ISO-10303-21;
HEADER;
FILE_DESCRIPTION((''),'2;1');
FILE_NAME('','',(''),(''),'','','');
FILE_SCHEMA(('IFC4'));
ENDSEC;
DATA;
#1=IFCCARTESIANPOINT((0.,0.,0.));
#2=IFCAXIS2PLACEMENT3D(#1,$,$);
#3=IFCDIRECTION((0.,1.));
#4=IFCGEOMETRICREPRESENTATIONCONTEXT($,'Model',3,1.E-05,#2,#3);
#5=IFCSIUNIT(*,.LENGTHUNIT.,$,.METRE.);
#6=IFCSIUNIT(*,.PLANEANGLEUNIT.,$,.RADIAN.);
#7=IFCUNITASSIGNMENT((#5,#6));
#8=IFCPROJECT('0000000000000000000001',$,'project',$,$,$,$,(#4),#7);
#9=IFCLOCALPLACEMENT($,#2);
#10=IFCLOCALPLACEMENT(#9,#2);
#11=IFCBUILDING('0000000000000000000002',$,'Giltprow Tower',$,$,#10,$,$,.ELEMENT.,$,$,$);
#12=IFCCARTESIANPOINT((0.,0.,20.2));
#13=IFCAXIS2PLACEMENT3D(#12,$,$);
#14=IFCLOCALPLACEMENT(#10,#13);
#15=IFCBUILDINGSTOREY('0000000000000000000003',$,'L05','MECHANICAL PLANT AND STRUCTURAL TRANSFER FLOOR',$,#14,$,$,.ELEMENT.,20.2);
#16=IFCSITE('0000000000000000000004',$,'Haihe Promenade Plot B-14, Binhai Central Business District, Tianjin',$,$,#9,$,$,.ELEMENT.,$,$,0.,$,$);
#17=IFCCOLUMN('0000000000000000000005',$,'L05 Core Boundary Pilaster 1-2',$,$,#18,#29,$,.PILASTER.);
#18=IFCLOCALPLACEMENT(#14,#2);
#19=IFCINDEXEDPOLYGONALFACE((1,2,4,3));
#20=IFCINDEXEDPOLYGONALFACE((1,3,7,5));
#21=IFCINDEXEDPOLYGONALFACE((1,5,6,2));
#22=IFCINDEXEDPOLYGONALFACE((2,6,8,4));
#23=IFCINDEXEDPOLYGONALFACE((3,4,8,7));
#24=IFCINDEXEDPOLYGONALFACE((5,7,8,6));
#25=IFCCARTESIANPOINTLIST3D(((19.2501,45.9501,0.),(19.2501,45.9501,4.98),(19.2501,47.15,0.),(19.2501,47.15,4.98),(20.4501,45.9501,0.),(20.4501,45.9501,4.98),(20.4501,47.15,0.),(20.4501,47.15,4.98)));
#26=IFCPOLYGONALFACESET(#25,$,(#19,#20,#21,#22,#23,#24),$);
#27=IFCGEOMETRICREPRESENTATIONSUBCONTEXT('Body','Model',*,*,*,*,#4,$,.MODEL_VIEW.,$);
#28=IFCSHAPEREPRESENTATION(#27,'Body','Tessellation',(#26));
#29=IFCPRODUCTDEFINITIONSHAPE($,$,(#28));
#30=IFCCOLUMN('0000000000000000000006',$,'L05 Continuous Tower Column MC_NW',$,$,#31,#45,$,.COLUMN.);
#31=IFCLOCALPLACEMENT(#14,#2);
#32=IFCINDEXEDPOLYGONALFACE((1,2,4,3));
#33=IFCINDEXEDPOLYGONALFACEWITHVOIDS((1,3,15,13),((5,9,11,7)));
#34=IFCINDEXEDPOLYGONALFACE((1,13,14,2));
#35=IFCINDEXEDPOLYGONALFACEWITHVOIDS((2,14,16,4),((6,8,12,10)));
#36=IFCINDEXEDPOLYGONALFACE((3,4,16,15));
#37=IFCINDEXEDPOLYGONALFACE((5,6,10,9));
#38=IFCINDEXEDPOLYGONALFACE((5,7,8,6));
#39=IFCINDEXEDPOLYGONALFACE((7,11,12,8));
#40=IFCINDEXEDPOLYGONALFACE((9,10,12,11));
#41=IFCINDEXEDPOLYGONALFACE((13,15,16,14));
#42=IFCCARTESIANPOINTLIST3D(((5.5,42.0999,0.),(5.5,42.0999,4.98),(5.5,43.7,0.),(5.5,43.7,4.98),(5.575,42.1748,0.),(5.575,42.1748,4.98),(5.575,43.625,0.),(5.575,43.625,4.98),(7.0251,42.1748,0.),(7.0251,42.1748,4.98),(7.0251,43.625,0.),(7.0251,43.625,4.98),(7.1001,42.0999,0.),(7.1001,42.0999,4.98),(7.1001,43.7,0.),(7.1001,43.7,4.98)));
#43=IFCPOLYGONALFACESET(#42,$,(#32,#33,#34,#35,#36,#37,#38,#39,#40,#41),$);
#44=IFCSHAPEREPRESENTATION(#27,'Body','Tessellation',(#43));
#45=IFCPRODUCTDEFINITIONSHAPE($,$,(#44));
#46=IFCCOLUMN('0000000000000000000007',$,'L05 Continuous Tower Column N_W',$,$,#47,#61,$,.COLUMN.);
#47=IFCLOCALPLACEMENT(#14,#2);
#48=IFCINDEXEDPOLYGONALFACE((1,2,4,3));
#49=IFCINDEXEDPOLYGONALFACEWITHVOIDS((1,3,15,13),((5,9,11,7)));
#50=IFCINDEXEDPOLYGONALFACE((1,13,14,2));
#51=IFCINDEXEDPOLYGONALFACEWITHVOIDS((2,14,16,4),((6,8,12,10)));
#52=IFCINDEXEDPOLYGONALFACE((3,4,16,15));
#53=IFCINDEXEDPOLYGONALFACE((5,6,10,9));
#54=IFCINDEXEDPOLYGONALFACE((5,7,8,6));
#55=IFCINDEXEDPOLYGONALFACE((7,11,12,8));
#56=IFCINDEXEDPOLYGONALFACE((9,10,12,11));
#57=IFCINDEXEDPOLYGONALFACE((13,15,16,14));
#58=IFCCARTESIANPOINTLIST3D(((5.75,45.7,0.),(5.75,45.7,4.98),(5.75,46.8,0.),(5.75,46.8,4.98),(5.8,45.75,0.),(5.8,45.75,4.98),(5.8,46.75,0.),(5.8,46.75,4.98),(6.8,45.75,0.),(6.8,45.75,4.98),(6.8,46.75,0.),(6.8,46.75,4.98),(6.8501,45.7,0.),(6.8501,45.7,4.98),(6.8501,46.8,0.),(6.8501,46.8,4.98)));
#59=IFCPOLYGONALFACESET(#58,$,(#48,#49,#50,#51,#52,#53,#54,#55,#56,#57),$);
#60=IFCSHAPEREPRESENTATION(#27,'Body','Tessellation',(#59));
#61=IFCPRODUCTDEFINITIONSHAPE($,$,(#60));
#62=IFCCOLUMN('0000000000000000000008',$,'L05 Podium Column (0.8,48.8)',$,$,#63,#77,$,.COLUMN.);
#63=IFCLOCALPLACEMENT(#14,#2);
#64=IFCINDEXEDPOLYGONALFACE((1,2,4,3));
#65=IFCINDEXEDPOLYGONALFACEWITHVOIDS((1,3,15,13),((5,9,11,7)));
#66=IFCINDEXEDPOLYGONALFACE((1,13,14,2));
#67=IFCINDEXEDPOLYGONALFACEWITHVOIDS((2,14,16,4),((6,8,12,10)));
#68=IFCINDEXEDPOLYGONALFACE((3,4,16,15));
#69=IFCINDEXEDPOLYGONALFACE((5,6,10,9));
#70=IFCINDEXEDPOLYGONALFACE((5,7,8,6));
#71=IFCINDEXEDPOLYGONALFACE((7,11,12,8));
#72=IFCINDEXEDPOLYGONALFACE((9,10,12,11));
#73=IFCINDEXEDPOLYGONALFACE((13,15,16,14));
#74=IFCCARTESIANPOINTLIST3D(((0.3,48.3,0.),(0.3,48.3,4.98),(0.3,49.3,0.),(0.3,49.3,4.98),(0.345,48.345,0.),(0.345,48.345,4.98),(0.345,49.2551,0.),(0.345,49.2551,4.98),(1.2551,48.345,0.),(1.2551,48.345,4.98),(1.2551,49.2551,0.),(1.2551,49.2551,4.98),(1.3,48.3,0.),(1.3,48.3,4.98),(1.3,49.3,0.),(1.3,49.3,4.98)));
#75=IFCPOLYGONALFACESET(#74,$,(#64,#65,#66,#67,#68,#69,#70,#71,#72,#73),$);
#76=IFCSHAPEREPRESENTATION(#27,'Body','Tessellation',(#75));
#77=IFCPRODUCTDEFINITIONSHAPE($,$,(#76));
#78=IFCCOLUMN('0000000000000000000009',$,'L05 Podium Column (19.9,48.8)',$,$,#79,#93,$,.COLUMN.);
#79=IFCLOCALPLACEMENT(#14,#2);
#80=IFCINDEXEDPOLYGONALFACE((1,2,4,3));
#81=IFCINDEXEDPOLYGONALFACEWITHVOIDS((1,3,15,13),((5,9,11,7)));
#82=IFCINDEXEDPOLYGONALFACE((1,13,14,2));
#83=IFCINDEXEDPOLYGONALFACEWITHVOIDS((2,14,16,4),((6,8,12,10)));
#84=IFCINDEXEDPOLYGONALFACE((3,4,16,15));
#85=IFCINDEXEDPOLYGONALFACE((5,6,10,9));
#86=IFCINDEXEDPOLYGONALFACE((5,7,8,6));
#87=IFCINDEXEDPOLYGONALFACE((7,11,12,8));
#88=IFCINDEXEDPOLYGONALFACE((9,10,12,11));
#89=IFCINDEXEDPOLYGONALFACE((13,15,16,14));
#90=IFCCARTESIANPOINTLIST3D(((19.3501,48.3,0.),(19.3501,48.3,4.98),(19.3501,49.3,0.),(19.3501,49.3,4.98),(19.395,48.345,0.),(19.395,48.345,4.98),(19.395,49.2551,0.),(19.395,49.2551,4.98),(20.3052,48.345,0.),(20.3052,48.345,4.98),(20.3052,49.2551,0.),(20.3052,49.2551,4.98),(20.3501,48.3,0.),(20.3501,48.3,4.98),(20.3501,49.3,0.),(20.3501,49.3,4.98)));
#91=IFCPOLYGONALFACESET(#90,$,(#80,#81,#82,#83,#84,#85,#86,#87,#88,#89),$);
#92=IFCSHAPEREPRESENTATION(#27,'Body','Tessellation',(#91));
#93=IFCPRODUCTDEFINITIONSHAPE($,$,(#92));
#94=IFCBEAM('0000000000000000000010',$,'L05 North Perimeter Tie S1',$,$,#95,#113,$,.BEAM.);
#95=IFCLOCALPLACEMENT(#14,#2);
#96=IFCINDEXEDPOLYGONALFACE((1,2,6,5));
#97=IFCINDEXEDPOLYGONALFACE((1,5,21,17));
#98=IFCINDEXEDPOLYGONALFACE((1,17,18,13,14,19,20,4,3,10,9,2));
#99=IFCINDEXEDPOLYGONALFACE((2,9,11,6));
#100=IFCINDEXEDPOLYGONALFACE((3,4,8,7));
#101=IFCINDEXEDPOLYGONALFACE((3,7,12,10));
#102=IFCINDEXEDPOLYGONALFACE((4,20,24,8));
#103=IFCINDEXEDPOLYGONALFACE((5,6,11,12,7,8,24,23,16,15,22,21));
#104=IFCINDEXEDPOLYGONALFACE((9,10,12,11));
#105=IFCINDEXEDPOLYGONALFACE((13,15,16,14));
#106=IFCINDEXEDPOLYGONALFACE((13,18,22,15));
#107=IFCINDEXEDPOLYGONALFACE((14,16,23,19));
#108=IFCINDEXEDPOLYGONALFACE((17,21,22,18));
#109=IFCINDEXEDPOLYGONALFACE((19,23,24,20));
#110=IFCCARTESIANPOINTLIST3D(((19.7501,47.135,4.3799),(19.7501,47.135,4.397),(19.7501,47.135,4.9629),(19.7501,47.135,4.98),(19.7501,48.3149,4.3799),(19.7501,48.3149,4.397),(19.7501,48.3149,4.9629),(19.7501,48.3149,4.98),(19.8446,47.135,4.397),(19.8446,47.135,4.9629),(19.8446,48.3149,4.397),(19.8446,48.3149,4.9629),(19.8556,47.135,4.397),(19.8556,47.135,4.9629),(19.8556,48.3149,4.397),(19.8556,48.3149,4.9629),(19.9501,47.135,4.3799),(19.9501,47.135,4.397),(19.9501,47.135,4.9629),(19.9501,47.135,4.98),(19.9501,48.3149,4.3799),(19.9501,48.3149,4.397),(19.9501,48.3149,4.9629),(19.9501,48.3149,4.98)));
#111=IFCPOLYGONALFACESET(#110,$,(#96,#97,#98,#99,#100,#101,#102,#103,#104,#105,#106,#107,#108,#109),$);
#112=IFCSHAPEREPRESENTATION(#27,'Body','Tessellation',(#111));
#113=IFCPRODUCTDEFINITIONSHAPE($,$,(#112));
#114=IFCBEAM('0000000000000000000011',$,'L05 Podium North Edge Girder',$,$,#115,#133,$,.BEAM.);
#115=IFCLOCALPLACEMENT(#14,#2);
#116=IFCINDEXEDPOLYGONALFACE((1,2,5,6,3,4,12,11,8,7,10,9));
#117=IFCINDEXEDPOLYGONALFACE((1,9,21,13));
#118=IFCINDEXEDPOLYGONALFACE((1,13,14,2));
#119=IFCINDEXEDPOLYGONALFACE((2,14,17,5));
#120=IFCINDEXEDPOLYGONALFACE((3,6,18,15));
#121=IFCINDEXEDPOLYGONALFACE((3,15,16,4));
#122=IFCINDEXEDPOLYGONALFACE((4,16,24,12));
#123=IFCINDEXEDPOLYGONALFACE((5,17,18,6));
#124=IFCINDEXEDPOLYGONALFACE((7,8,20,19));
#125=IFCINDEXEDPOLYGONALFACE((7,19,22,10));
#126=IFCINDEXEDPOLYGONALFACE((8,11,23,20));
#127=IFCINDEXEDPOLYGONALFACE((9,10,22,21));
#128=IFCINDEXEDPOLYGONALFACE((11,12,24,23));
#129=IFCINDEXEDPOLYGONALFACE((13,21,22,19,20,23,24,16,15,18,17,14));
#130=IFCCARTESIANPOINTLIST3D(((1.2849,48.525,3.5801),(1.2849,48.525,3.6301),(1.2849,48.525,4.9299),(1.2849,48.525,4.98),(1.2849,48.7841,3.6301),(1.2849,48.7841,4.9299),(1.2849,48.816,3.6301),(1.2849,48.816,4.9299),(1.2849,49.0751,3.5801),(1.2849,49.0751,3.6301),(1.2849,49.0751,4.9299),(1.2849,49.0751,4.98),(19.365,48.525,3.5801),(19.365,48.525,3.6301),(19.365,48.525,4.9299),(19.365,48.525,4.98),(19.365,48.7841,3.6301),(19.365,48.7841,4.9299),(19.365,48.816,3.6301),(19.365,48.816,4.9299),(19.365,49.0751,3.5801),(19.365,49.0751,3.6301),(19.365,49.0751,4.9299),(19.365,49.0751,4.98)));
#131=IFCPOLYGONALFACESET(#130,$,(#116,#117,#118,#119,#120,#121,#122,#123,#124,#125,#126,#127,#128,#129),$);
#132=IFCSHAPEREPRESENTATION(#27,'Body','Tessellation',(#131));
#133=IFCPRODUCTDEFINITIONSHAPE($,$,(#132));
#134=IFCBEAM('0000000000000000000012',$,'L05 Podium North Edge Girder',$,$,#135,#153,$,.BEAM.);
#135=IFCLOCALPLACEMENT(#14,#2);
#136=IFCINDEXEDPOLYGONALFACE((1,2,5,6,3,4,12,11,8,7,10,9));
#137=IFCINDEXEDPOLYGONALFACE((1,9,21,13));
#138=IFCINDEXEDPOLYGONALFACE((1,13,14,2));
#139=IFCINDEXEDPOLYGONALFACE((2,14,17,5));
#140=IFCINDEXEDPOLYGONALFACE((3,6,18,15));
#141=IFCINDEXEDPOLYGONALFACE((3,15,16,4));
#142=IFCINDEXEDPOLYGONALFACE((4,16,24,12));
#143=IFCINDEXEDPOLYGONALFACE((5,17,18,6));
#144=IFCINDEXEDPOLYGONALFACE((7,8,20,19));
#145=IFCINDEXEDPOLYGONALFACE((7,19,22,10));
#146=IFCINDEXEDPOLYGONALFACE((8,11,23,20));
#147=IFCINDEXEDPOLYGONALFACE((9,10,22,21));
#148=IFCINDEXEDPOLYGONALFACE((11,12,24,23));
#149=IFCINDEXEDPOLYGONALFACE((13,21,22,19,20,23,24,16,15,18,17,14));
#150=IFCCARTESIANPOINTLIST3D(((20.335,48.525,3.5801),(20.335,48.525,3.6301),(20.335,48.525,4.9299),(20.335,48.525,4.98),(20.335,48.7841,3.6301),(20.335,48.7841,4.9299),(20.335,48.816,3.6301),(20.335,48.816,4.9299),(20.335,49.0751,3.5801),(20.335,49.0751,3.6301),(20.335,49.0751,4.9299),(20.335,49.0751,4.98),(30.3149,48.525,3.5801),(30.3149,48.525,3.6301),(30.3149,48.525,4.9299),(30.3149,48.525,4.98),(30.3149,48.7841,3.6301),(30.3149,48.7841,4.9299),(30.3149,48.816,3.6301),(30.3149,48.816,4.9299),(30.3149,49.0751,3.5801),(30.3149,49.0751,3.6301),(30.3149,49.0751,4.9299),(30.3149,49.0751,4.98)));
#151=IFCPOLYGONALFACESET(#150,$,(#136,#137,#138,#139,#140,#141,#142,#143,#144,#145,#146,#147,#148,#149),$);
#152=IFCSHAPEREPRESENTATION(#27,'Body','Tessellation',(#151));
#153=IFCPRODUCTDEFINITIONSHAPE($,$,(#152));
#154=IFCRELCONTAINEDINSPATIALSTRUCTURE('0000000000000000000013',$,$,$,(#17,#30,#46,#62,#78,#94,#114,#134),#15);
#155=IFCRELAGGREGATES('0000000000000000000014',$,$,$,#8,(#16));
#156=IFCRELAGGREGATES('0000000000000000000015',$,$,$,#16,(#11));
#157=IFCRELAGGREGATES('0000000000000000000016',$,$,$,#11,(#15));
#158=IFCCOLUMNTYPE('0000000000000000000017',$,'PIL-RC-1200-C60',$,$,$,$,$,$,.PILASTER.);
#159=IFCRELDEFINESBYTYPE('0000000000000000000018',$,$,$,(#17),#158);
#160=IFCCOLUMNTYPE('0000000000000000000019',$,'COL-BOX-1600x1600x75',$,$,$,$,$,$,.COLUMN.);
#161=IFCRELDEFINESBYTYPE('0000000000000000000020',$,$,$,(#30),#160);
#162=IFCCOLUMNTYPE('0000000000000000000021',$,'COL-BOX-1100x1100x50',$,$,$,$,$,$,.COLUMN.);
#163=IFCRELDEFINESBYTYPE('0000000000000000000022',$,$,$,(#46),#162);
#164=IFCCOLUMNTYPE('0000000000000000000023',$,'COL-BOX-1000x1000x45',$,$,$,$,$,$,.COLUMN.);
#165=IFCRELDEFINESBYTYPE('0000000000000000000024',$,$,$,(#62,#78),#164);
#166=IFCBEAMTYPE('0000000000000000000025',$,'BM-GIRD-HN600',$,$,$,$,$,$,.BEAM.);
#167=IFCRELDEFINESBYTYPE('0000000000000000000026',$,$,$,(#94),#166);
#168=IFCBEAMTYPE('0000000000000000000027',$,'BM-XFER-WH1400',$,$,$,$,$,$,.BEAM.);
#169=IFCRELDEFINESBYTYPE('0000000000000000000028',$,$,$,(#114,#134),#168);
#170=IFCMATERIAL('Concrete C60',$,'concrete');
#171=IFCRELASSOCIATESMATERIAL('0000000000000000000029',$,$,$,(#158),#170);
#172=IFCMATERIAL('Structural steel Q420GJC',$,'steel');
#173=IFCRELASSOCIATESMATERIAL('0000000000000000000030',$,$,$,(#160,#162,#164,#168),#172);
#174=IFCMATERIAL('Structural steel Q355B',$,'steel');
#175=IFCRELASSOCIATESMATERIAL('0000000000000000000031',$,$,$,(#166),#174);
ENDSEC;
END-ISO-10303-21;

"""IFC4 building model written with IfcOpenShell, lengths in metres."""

from ifc_helpers import new_model, si_unit, direction, frame, origin, origin_2d, place, context, subcontext, project, spatial, rectangle, hollow_rectangle, i_section, extrude, source, transform, mapped, material, material_profile, profile_set, type_object, element, save


model = new_model("IFC4")

# Units and contexts
model_context = context("Model", 3, precision=1e-05, world=origin(), true_north=direction((0.0, 1.0)))
body_context = subcontext(model_context, "Body", "Model", "MODEL_VIEW")
ifc_project = project(units=[si_unit("LENGTHUNIT", "METRE"), si_unit("PLANEANGLEUNIT", "RADIAN")], contexts=[model_context])

# Site, building, storey
site_placement = place(None, origin())
site = spatial("IfcSite", under=ifc_project, at=site_placement, Name="Haihe Promenade Plot B-14, Binhai Central Business District, Tianjin", CompositionType="ELEMENT", RefElevation=0.0)
building_placement = place(site_placement, origin())
building = spatial("IfcBuilding", under=site, at=building_placement, Name="Giltprow Tower", CompositionType="ELEMENT")
storey_placement = place(building_placement, frame((0.0, 0.0, 20.2)))
storey = spatial("IfcBuildingStorey", under=building, at=storey_placement, Name="L05", Description="MECHANICAL PLANT AND STRUCTURAL TRANSFER FLOOR", CompositionType="ELEMENT", Elevation=20.2)

# Columns
ifc_material_1 = material(Name="Concrete C60", Category="concrete")
ifc_material_profile_1 = material_profile(ifc_material_1, rectangle(XDim=1.2, YDim=1.2, at=origin_2d()), Name="RC 1200x1200")
ifc_profile_set_1 = profile_set([ifc_material_profile_1], Name="Concrete C60")
column_type_1 = type_object("IfcColumnType", Name="PIL-RC-1200-C60", PredefinedType="PILASTER", material=ifc_profile_set_1)
shared_shape_1 = source(origin(), body_context, "Body", "SweptSolid", [
    extrude(rectangle(XDim=1.2, YDim=1.2, at=origin_2d()), origin(), (0.0, 0.0, 1.0), 4.98),
])
column_1_placement = place(storey_placement, frame((19.8501, 46.55, 0.0), z_axis=(0.0, 0.0, 1.0), x_axis=(1.0, 0.0, 0.0)))
element("IfcColumn", 1, at=column_1_placement, inside=storey, type_object=column_type_1, Name="L05 Core Boundary Pilaster 1-2", PredefinedType="PILASTER", context=body_context, shape_type="MappedRepresentation", body=[
    mapped(shared_shape_1, transform((0.0, 0.0, 0.0), x_axis=(1.0, 0.0, 0.0), y_axis=(0.0, 1.0, 0.0), z_axis=(0.0, 0.0, 1.0), scale=1.0)),
])
ifc_material_2 = material(Name="Structural steel Q420GJC", Category="steel")
ifc_material_profile_2 = material_profile(ifc_material_2, hollow_rectangle(XDim=1.6001, YDim=1.6001, WallThickness=0.075, at=origin_2d()), Name="BOX 1600x1600x75")
ifc_profile_set_2 = profile_set([ifc_material_profile_2], Name="Structural steel Q420GJC")
column_type_2 = type_object("IfcColumnType", Name="COL-BOX-1600x1600x75", PredefinedType="COLUMN", material=ifc_profile_set_2)
shared_shape_2 = source(origin(), body_context, "Body", "SweptSolid", [
    extrude(hollow_rectangle(XDim=1.6001, YDim=1.6001, WallThickness=0.075, at=origin_2d()), origin(), (0.0, 0.0, 1.0), 4.98),
])
column_2_placement = place(storey_placement, frame((6.3, 42.8999, 0.0), z_axis=(0.0, 0.0, 1.0), x_axis=(1.0, 0.0, 0.0)))
element("IfcColumn", 2, at=column_2_placement, inside=storey, type_object=column_type_2, Name="L05 Continuous Tower Column MC_NW", PredefinedType="COLUMN", context=body_context, shape_type="MappedRepresentation", body=[
    mapped(shared_shape_2, transform((0.0, 0.0, 0.0), x_axis=(1.0, 0.0, 0.0), y_axis=(0.0, 1.0, 0.0), z_axis=(0.0, 0.0, 1.0), scale=1.0)),
])
ifc_material_profile_3 = material_profile(ifc_material_2, hollow_rectangle(XDim=1.1001, YDim=1.1001, WallThickness=0.05, at=origin_2d()), Name="BOX 1100x1100x50")
ifc_profile_set_3 = profile_set([ifc_material_profile_3], Name="Structural steel Q420GJC")
column_type_3 = type_object("IfcColumnType", Name="COL-BOX-1100x1100x50", PredefinedType="COLUMN", material=ifc_profile_set_3)
shared_shape_3 = source(origin(), body_context, "Body", "SweptSolid", [
    extrude(hollow_rectangle(XDim=1.1001, YDim=1.1001, WallThickness=0.05, at=origin_2d()), origin(), (0.0, 0.0, 1.0), 4.98),
])
column_3_placement = place(storey_placement, frame((6.3, 46.25, 0.0), z_axis=(0.0, 0.0, 1.0), x_axis=(1.0, 0.0, 0.0)))
element("IfcColumn", 3, at=column_3_placement, inside=storey, type_object=column_type_3, Name="L05 Continuous Tower Column N_W", PredefinedType="COLUMN", context=body_context, shape_type="MappedRepresentation", body=[
    mapped(shared_shape_3, transform((0.0, 0.0, 0.0), x_axis=(1.0, 0.0, 0.0), y_axis=(0.0, 1.0, 0.0), z_axis=(0.0, 0.0, 1.0), scale=1.0)),
])
ifc_material_profile_4 = material_profile(ifc_material_2, hollow_rectangle(XDim=1.0, YDim=1.0, WallThickness=0.0449, at=origin_2d()), Name="BOX 1000x1000x45")
ifc_profile_set_4 = profile_set([ifc_material_profile_4], Name="Structural steel Q420GJC")
column_type_4 = type_object("IfcColumnType", Name="COL-BOX-1000x1000x45", PredefinedType="COLUMN", material=ifc_profile_set_4)
shared_shape_4 = source(origin(), body_context, "Body", "SweptSolid", [
    extrude(hollow_rectangle(XDim=1.0, YDim=1.0, WallThickness=0.0449, at=origin_2d()), origin(), (0.0, 0.0, 1.0), 4.98),
])
for number, where, z_axis, x_axis, name in (
    (4, (0.8, 48.8, 0.0), (0.0, 0.0, 1.0), (1.0, 0.0, 0.0), "L05 Podium Column (0.8,48.8)"),
    (5, (19.8501, 48.8, 0.0), (0.0, 0.0, 1.0), (1.0, 0.0, 0.0), "L05 Podium Column (19.9,48.8)"),
):
    element("IfcColumn", number, at=place(storey_placement, frame(where, z_axis=z_axis, x_axis=x_axis)), inside=storey, type_object=column_type_4, Name=name, PredefinedType="COLUMN", context=body_context, shape_type="MappedRepresentation", body=[
        mapped(shared_shape_4, transform((0.0, 0.0, 0.0), x_axis=(1.0, 0.0, 0.0), y_axis=(0.0, 1.0, 0.0), z_axis=(0.0, 0.0, 1.0), scale=1.0)),
    ])

# Beams
ifc_material_3 = material(Name="Structural steel Q355B", Category="steel")
ifc_material_profile_5 = material_profile(ifc_material_3, i_section(OverallWidth=0.2, OverallDepth=0.6001, WebThickness=0.011, FlangeThickness=0.0171, at=origin_2d()), Name="HN 600x200x11x17")
ifc_profile_set_5 = profile_set([ifc_material_profile_5], Name="Structural steel Q355B")
beam_type_1 = type_object("IfcBeamType", Name="BM-GIRD-HN600", PredefinedType="BEAM", material=ifc_profile_set_5)
shared_shape_5 = source(origin(), body_context, "Body", "SweptSolid", [
    extrude(i_section(OverallWidth=0.2, OverallDepth=0.6001, WebThickness=0.011, FlangeThickness=0.0171, at=origin_2d()), origin(), (0.0, 0.0, 1.0), 1.1799),
])
beam_1_placement = place(storey_placement, frame((19.8501, 47.135, 4.6799), z_axis=(0.0, 1.0, 0.0), x_axis=(-1.0, 0.0, 0.0)))
element("IfcBeam", 6, at=beam_1_placement, inside=storey, type_object=beam_type_1, Name="L05 North Perimeter Tie S1", PredefinedType="BEAM", context=body_context, shape_type="MappedRepresentation", body=[
    mapped(shared_shape_5, transform((0.0, 0.0, 0.0), x_axis=(1.0, 0.0, 0.0), y_axis=(0.0, 1.0, 0.0), z_axis=(0.0, 0.0, 1.0), scale=1.0)),
])
ifc_material_profile_6 = material_profile(ifc_material_2, i_section(OverallWidth=0.55, OverallDepth=1.3999, WebThickness=0.032, FlangeThickness=0.05, at=origin_2d()), Name="WH 1400x550x32x50")
ifc_profile_set_6 = profile_set([ifc_material_profile_6], Name="Structural steel Q420GJC")
beam_type_2 = type_object("IfcBeamType", Name="BM-XFER-WH1400", PredefinedType="BEAM", material=ifc_profile_set_6)
shared_shape_6 = source(origin(), body_context, "Body", "SweptSolid", [
    extrude(i_section(OverallWidth=0.55, OverallDepth=1.3999, WebThickness=0.032, FlangeThickness=0.05, at=origin_2d()), origin(), (0.0, 0.0, 1.0), 18.0801),
])
beam_2_placement = place(storey_placement, frame((1.2849, 48.8, 4.28), z_axis=(1.0, 0.0, 0.0), x_axis=(0.0, 1.0, 0.0)))
element("IfcBeam", 7, at=beam_2_placement, inside=storey, type_object=beam_type_2, Name="L05 Podium North Edge Girder", PredefinedType="BEAM", context=body_context, shape_type="MappedRepresentation", body=[
    mapped(shared_shape_6, transform((0.0, 0.0, 0.0), x_axis=(1.0, 0.0, 0.0), y_axis=(0.0, 1.0, 0.0), z_axis=(0.0, 0.0, 1.0), scale=1.0)),
])
shared_shape_7 = source(origin(), body_context, "Body", "SweptSolid", [
    extrude(i_section(OverallWidth=0.55, OverallDepth=1.3999, WebThickness=0.032, FlangeThickness=0.05, at=origin_2d()), origin(), (0.0, 0.0, 1.0), 9.98),
])
beam_3_placement = place(storey_placement, frame((20.335, 48.8, 4.28), z_axis=(1.0, 0.0, 0.0), x_axis=(0.0, 1.0, 0.0)))
element("IfcBeam", 8, at=beam_3_placement, inside=storey, type_object=beam_type_2, Name="L05 Podium North Edge Girder", PredefinedType="BEAM", context=body_context, shape_type="MappedRepresentation", body=[
    mapped(shared_shape_7, transform((0.0, 0.0, 0.0), x_axis=(1.0, 0.0, 0.0), y_axis=(0.0, 1.0, 0.0), z_axis=(0.0, 0.0, 1.0), scale=1.0)),
])

save(model, "model.ifc")
